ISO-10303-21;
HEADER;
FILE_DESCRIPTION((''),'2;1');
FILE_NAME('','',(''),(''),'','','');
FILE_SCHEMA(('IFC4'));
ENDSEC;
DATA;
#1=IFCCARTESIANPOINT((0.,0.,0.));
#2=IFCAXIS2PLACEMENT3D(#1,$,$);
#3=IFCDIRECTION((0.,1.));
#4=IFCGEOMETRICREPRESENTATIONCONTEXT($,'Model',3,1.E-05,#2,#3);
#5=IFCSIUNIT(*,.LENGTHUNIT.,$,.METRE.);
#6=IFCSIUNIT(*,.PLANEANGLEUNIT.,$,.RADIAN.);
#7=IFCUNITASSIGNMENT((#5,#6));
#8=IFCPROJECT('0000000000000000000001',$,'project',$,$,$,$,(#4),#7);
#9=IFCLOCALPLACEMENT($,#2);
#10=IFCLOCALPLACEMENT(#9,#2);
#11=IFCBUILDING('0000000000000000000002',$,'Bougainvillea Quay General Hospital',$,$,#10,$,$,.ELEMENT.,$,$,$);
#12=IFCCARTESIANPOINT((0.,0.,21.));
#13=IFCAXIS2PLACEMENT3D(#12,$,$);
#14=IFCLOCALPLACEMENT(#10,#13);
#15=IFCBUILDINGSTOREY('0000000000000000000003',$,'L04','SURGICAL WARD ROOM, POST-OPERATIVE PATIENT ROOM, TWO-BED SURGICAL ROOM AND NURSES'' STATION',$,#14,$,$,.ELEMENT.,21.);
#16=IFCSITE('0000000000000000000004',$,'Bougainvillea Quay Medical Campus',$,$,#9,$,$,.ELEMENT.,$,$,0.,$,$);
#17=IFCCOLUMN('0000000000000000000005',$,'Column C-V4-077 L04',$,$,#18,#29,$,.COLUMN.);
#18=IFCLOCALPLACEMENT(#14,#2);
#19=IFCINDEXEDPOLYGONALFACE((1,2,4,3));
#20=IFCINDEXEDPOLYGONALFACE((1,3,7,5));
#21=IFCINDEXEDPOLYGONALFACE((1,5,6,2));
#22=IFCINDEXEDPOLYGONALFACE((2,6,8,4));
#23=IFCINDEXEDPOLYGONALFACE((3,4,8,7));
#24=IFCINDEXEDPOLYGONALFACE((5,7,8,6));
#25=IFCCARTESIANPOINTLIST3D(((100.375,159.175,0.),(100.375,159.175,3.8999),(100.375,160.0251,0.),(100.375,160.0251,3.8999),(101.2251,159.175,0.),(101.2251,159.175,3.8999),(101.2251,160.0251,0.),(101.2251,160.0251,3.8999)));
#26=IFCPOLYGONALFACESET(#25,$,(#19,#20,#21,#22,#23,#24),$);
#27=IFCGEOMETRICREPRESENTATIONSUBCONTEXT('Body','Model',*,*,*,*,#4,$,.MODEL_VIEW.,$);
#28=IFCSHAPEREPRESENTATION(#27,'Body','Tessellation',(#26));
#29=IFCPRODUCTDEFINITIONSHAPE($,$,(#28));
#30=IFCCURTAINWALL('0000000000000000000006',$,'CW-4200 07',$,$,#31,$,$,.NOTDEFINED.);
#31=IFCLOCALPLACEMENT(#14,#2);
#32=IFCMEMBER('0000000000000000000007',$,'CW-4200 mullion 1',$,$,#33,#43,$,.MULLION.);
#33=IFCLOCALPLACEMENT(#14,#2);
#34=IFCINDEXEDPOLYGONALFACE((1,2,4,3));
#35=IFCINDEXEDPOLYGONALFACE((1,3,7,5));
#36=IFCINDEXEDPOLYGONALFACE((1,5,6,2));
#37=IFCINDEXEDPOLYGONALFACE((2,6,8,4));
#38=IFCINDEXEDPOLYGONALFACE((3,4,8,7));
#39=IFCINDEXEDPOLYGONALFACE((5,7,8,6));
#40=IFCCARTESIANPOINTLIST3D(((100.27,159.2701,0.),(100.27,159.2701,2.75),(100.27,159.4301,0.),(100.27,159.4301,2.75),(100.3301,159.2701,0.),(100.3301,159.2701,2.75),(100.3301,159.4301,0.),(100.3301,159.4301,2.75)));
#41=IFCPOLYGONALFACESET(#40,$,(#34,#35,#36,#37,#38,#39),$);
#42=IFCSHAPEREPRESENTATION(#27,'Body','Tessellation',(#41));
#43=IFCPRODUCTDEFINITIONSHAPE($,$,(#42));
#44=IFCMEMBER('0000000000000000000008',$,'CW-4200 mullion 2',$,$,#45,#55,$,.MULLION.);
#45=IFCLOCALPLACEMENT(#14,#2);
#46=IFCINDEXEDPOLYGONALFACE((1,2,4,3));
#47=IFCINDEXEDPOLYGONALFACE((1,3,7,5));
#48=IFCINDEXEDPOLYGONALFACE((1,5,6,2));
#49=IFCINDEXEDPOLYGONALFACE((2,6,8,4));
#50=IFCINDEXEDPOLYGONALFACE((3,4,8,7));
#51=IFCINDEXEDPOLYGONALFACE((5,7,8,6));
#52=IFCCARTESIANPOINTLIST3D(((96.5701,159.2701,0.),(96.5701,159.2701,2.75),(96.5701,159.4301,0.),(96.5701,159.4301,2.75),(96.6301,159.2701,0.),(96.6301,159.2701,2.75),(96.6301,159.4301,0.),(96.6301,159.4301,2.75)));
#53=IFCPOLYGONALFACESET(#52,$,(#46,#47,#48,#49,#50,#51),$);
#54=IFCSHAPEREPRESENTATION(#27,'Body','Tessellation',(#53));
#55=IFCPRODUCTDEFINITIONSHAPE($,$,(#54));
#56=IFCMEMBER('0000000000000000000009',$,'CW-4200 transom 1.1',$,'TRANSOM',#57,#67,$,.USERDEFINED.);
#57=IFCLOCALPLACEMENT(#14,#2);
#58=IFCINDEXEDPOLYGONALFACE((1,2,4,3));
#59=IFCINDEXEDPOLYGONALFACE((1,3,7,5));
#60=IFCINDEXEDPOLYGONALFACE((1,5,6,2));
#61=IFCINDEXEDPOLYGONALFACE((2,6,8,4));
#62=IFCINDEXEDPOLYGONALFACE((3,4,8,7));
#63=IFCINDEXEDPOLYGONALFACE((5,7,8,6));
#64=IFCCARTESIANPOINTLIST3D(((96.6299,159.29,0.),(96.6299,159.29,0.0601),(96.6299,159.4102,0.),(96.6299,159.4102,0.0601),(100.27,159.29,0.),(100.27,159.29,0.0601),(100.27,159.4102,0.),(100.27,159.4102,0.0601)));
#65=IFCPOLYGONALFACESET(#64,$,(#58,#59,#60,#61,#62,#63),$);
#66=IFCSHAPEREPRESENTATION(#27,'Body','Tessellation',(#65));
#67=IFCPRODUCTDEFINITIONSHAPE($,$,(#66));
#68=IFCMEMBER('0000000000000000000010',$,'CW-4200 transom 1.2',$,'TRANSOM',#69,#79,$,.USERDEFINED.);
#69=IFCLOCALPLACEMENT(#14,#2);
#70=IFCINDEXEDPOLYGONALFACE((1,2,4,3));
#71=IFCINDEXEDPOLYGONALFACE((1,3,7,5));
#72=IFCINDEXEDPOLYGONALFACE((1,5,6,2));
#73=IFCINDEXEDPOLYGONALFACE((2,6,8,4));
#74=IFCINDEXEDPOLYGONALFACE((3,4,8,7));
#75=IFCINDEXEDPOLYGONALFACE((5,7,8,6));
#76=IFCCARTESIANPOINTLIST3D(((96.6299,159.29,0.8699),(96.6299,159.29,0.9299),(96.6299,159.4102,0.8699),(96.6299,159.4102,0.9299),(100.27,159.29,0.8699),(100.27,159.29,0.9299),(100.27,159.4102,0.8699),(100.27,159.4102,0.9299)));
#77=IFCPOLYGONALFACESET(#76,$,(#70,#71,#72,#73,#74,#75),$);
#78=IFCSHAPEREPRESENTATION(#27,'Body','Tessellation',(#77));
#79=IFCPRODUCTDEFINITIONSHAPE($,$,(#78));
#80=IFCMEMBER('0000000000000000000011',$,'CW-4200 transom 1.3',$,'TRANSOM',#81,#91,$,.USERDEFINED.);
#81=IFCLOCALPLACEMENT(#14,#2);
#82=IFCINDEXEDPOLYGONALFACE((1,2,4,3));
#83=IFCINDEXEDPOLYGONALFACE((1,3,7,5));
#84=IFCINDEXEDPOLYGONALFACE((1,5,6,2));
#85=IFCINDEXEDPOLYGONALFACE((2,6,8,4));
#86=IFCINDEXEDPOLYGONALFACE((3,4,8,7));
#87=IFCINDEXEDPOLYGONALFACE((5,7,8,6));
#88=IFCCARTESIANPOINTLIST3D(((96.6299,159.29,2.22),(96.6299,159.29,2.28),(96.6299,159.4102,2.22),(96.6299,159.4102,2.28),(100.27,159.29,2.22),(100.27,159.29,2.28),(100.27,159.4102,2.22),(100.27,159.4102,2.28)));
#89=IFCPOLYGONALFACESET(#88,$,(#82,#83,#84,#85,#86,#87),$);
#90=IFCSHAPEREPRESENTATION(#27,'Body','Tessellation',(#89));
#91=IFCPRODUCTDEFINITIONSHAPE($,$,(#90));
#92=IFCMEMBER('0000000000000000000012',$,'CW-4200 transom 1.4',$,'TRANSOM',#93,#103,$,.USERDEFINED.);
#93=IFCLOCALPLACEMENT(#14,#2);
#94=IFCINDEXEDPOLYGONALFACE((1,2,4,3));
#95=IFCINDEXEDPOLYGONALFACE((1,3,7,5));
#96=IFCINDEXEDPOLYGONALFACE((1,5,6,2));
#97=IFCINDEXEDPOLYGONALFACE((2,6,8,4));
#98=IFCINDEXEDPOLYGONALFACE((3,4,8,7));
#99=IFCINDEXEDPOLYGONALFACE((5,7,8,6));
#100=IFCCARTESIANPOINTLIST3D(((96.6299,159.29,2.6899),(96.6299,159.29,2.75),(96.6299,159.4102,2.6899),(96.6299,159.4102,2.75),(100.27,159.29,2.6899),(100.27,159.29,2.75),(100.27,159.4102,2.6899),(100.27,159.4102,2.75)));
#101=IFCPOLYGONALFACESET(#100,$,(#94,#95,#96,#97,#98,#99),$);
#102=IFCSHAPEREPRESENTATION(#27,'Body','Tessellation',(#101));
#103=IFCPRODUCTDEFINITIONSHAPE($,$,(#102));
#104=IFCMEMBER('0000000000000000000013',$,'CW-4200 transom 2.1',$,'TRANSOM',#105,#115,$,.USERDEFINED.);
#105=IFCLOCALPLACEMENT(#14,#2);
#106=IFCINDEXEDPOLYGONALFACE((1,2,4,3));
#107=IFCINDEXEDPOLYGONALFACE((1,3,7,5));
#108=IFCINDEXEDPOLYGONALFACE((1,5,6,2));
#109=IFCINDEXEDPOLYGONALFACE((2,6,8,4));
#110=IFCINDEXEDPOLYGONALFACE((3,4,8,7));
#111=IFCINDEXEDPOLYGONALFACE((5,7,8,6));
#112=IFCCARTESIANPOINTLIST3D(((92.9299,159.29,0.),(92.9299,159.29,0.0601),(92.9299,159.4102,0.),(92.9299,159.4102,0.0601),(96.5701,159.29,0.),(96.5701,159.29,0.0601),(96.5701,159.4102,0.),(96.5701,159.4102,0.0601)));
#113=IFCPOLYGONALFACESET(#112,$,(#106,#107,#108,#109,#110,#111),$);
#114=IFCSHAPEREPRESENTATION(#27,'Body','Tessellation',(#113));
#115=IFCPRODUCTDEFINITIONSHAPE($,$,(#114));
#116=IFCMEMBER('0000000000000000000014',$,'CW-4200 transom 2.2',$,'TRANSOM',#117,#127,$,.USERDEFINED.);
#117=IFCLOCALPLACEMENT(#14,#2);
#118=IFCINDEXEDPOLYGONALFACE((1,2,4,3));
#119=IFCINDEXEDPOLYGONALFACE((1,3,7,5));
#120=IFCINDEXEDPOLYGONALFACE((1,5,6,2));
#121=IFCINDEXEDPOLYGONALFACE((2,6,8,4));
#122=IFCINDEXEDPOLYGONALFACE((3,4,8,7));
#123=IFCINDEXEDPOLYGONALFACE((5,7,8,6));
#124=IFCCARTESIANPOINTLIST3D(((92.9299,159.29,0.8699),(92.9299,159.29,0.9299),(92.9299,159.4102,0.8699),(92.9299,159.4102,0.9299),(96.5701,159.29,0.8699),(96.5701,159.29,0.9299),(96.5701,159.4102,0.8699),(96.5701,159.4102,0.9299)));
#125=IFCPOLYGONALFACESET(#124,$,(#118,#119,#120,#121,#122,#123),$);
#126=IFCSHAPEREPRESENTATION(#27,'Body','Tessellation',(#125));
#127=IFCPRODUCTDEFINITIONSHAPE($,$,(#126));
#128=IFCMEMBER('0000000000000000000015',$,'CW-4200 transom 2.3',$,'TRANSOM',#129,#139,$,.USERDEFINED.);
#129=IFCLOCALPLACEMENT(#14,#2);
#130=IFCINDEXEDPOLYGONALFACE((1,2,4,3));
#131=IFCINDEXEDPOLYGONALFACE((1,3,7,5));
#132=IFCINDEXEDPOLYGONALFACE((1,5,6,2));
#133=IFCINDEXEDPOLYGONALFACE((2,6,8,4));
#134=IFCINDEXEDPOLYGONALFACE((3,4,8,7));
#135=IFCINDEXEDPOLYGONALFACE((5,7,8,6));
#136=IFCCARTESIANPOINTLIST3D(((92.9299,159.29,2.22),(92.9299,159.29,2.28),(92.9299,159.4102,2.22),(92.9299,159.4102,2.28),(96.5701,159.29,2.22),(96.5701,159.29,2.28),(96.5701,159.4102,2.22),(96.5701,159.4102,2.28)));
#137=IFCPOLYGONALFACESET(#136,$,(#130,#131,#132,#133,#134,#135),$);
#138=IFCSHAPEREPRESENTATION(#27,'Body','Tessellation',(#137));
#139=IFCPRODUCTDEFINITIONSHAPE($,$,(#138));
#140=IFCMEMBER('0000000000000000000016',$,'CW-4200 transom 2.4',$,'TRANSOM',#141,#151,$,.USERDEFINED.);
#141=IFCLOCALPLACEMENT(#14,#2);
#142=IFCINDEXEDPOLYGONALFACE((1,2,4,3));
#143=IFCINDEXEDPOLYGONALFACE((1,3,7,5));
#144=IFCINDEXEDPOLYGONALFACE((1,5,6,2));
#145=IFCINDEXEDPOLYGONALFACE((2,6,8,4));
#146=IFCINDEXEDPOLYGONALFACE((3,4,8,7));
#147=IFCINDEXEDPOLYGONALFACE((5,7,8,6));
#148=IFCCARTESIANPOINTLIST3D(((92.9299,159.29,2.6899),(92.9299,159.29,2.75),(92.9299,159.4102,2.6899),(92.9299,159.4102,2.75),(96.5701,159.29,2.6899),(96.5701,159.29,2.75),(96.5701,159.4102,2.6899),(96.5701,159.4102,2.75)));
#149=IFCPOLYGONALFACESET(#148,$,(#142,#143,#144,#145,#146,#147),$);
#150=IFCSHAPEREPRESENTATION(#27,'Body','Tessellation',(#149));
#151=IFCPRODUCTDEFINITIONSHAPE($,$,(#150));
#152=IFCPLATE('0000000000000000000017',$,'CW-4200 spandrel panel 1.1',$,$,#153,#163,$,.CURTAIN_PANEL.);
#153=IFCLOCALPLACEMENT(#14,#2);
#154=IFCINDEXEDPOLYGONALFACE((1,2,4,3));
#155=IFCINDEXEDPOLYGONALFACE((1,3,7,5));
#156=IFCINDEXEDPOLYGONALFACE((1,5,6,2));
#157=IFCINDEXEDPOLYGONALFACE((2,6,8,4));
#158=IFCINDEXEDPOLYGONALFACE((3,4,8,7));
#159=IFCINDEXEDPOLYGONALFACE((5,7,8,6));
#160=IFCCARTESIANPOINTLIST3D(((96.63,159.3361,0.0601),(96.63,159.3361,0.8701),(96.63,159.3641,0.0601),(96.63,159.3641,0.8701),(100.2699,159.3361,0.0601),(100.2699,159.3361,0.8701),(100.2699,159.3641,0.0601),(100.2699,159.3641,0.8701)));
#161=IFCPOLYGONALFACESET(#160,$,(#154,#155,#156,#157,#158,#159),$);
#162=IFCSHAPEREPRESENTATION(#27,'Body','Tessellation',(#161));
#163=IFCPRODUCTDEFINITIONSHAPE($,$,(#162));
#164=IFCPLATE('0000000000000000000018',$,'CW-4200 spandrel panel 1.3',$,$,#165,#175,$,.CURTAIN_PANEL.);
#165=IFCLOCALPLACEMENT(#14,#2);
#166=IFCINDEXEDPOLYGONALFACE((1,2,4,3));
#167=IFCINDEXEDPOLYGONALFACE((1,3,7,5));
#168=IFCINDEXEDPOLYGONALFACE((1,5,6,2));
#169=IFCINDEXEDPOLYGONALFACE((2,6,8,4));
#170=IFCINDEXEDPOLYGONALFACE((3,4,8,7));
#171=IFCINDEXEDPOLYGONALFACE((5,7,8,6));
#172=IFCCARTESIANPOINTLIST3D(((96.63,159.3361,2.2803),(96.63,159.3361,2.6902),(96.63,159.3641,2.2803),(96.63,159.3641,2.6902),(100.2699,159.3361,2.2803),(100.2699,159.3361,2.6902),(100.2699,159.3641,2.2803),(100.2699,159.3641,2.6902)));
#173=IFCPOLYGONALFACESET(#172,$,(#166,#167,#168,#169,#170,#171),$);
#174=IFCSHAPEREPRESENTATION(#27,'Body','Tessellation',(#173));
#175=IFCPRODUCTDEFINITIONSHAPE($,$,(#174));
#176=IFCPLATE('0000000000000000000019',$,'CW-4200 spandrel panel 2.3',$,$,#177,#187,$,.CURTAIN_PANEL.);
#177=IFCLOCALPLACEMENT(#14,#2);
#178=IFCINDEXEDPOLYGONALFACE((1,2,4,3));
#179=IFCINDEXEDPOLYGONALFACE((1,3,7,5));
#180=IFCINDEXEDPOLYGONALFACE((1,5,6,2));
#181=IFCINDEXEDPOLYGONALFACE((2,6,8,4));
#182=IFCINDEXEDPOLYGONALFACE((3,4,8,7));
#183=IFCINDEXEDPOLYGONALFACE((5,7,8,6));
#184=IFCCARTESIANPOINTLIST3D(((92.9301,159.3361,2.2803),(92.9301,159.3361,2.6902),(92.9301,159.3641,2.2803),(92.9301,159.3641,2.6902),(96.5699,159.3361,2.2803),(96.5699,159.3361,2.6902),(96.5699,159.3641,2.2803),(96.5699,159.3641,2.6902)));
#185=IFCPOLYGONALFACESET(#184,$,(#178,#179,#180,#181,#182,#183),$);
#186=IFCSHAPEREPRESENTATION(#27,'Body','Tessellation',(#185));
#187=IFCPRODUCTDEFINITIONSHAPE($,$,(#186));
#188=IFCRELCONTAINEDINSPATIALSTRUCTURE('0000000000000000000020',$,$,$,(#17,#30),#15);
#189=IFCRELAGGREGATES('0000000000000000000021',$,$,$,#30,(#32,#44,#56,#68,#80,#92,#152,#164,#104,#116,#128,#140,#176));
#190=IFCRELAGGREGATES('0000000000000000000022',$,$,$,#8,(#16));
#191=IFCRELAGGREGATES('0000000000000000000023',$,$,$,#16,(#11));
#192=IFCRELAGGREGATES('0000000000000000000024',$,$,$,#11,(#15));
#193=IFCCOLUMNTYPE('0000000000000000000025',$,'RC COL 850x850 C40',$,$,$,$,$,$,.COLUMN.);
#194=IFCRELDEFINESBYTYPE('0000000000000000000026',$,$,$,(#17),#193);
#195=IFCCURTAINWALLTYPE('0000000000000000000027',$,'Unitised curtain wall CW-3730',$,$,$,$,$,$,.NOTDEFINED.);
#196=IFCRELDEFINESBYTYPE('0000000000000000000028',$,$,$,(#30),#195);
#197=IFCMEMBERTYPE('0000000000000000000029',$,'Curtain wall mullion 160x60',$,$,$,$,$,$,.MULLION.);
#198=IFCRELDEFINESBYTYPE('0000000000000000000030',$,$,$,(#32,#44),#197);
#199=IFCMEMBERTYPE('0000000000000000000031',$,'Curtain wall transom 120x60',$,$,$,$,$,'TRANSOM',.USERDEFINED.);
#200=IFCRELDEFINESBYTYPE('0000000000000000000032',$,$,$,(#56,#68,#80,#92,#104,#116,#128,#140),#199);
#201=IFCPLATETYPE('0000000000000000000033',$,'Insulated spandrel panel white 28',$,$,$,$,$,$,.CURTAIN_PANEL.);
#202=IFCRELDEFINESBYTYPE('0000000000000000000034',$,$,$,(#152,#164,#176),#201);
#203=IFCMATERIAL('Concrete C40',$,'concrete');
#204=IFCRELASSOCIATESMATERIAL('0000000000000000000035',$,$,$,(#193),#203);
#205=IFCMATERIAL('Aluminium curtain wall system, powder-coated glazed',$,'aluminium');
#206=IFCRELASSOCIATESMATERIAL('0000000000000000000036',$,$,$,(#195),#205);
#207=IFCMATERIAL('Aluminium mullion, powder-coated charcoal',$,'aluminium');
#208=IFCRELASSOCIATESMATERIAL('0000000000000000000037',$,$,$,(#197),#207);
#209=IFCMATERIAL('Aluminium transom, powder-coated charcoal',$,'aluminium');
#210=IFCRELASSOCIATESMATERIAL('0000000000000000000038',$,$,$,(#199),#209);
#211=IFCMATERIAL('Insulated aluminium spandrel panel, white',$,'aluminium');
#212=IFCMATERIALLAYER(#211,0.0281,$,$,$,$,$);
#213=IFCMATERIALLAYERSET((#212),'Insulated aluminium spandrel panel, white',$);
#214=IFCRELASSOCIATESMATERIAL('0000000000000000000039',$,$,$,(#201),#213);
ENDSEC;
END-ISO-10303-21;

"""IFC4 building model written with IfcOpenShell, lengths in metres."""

from ifc_helpers import new_model, si_unit, direction, frame, origin, origin_2d, place, context, subcontext, project, spatial, rectangle, extrude, material, layer, layer_set, material_profile, profile_set, type_object, element, aggregate, save


model = new_model("IFC4")

# Units and contexts
model_context = context("Model", 3, precision=1e-05, world=origin(), true_north=direction((0.0, 1.0)))
body_context = subcontext(model_context, "Body", "Model", "MODEL_VIEW")
ifc_project = project(units=[si_unit("LENGTHUNIT", "METRE"), si_unit("PLANEANGLEUNIT", "RADIAN")], contexts=[model_context])

# Site, building, storey
site_placement = place(None, origin())
site = spatial("IfcSite", under=ifc_project, at=site_placement, Name="Bougainvillea Quay Medical Campus", CompositionType="ELEMENT", RefElevation=0.0)
building_placement = place(site_placement, origin())
building = spatial("IfcBuilding", under=site, at=building_placement, Name="Bougainvillea Quay General Hospital", CompositionType="ELEMENT")
storey_placement = place(building_placement, frame((0.0, 0.0, 21.0)))
storey = spatial("IfcBuildingStorey", under=building, at=storey_placement, Name="L04", Description="SURGICAL WARD ROOM, POST-OPERATIVE PATIENT ROOM, TWO-BED SURGICAL ROOM AND NURSES' STATION", CompositionType="ELEMENT", Elevation=21.0)

# Column
ifc_material_1 = material(Name="Concrete C40", Category="concrete")
ifc_material_profile_1 = material_profile(ifc_material_1, rectangle(XDim=0.8501, YDim=0.8501, at=origin_2d()))
ifc_profile_set_1 = profile_set([ifc_material_profile_1], Name="Concrete C40")
column_type = type_object("IfcColumnType", Name="RC COL 850x850 C40", PredefinedType="COLUMN", material=ifc_profile_set_1)
column_placement = place(storey_placement, frame((100.8, 159.6001, 0.0), z_axis=(0.0, 0.0, 1.0), x_axis=(1.0, 0.0, 0.0)))
element("IfcColumn", 1, at=column_placement, inside=storey, type_object=column_type, Name="Column C-V4-077 L04", PredefinedType="COLUMN", context=body_context, shape_type="SweptSolid", body=[
    extrude(rectangle(XDim=0.8501, YDim=0.8501, at=origin_2d()), origin(), (0.0, 0.0, 1.0), 3.8999),
])

# Curtain wall, members, plates
ifc_material_2 = material(Name="Aluminium curtain wall system, powder-coated glazed", Category="aluminium")
curtain_wall_type = type_object("IfcCurtainWallType", Name="Unitised curtain wall CW-3730", PredefinedType="NOTDEFINED", material=ifc_material_2)
curtain_wall_placement = place(storey_placement, origin())
curtain_wall = element("IfcCurtainWall", 2, at=curtain_wall_placement, inside=storey, type_object=curtain_wall_type, Name="CW-4200 07", PredefinedType="NOTDEFINED")
ifc_material_3 = material(Name="Aluminium mullion, powder-coated charcoal", Category="aluminium")
ifc_material_profile_2 = material_profile(ifc_material_3, rectangle(XDim=0.1599, YDim=0.0601, at=origin_2d()))
ifc_profile_set_2 = profile_set([ifc_material_profile_2], Name="Aluminium mullion, powder-coated charcoal")
member_type_1 = type_object("IfcMemberType", Name="Curtain wall mullion 160x60", PredefinedType="MULLION", material=ifc_profile_set_2)
member_1_placement = place(storey_placement, frame((100.3, 159.3501, 0.0), z_axis=(0.0, 0.0, 1.0), x_axis=(0.0, -1.0, 0.0)))
member_1 = element("IfcMember", 3, at=member_1_placement, type_object=member_type_1, Name="CW-4200 mullion 1", PredefinedType="MULLION", context=body_context, shape_type="SweptSolid", body=[
    extrude(rectangle(XDim=0.1599, YDim=0.0601, at=origin_2d()), origin(), (0.0, 0.0, 1.0), 2.75),
])
member_2_placement = place(storey_placement, frame((96.6001, 159.3501, 0.0), z_axis=(0.0, 0.0, 1.0), x_axis=(0.0, -1.0, 0.0)))
member_2 = element("IfcMember", 4, at=member_2_placement, type_object=member_type_1, Name="CW-4200 mullion 2", PredefinedType="MULLION", context=body_context, shape_type="SweptSolid", body=[
    extrude(rectangle(XDim=0.1599, YDim=0.0601, at=origin_2d()), origin(), (0.0, 0.0, 1.0), 2.75),
])
ifc_material_4 = material(Name="Aluminium transom, powder-coated charcoal", Category="aluminium")
ifc_material_profile_3 = material_profile(ifc_material_4, rectangle(XDim=0.1201, YDim=0.0601, at=origin_2d()))
ifc_profile_set_3 = profile_set([ifc_material_profile_3], Name="Aluminium transom, powder-coated charcoal")
member_type_2 = type_object("IfcMemberType", Name="Curtain wall transom 120x60", ElementType="TRANSOM", PredefinedType="USERDEFINED", material=ifc_profile_set_3)
member_3_placement = place(storey_placement, frame((100.27, 159.3501, 0.03), z_axis=(-1.0, 0.0, 0.0), x_axis=(0.0, -1.0, 0.0)))
member_3 = element("IfcMember", 5, at=member_3_placement, type_object=member_type_2, Name="CW-4200 transom 1.1", ObjectType="TRANSOM", PredefinedType="USERDEFINED", context=body_context, shape_type="SweptSolid", body=[
    extrude(rectangle(XDim=0.1201, YDim=0.0601, at=origin_2d()), origin(), (0.0, 0.0, 1.0), 3.6401),
])
member_4_placement = place(storey_placement, frame((100.27, 159.3501, 0.8999), z_axis=(-1.0, 0.0, 0.0), x_axis=(0.0, -1.0, 0.0)))
member_4 = element("IfcMember", 6, at=member_4_placement, type_object=member_type_2, Name="CW-4200 transom 1.2", ObjectType="TRANSOM", PredefinedType="USERDEFINED", context=body_context, shape_type="SweptSolid", body=[
    extrude(rectangle(XDim=0.1201, YDim=0.0601, at=origin_2d()), origin(), (0.0, 0.0, 1.0), 3.6401),
])
member_5_placement = place(storey_placement, frame((100.27, 159.3501, 2.25), z_axis=(-1.0, 0.0, 0.0), x_axis=(0.0, -1.0, 0.0)))
member_5 = element("IfcMember", 7, at=member_5_placement, type_object=member_type_2, Name="CW-4200 transom 1.3", ObjectType="TRANSOM", PredefinedType="USERDEFINED", context=body_context, shape_type="SweptSolid", body=[
    extrude(rectangle(XDim=0.1201, YDim=0.0601, at=origin_2d()), origin(), (0.0, 0.0, 1.0), 3.6401),
])
member_6_placement = place(storey_placement, frame((100.27, 159.3501, 2.72), z_axis=(-1.0, 0.0, 0.0), x_axis=(0.0, -1.0, 0.0)))
member_6 = element("IfcMember", 8, at=member_6_placement, type_object=member_type_2, Name="CW-4200 transom 1.4", ObjectType="TRANSOM", PredefinedType="USERDEFINED", context=body_context, shape_type="SweptSolid", body=[
    extrude(rectangle(XDim=0.1201, YDim=0.0601, at=origin_2d()), origin(), (0.0, 0.0, 1.0), 3.6401),
])
member_7_placement = place(storey_placement, frame((96.5701, 159.3501, 0.03), z_axis=(-1.0, 0.0, 0.0), x_axis=(0.0, -1.0, 0.0)))
member_7 = element("IfcMember", 9, at=member_7_placement, type_object=member_type_2, Name="CW-4200 transom 2.1", ObjectType="TRANSOM", PredefinedType="USERDEFINED", context=body_context, shape_type="SweptSolid", body=[
    extrude(rectangle(XDim=0.1201, YDim=0.0601, at=origin_2d()), origin(), (0.0, 0.0, 1.0), 3.6401),
])
member_8_placement = place(storey_placement, frame((96.5701, 159.3501, 0.8999), z_axis=(-1.0, 0.0, 0.0), x_axis=(0.0, -1.0, 0.0)))
member_8 = element("IfcMember", 10, at=member_8_placement, type_object=member_type_2, Name="CW-4200 transom 2.2", ObjectType="TRANSOM", PredefinedType="USERDEFINED", context=body_context, shape_type="SweptSolid", body=[
    extrude(rectangle(XDim=0.1201, YDim=0.0601, at=origin_2d()), origin(), (0.0, 0.0, 1.0), 3.6401),
])
member_9_placement = place(storey_placement, frame((96.5701, 159.3501, 2.25), z_axis=(-1.0, 0.0, 0.0), x_axis=(0.0, -1.0, 0.0)))
member_9 = element("IfcMember", 11, at=member_9_placement, type_object=member_type_2, Name="CW-4200 transom 2.3", ObjectType="TRANSOM", PredefinedType="USERDEFINED", context=body_context, shape_type="SweptSolid", body=[
    extrude(rectangle(XDim=0.1201, YDim=0.0601, at=origin_2d()), origin(), (0.0, 0.0, 1.0), 3.6401),
])
member_10_placement = place(storey_placement, frame((96.5701, 159.3501, 2.72), z_axis=(-1.0, 0.0, 0.0), x_axis=(0.0, -1.0, 0.0)))
member_10 = element("IfcMember", 12, at=member_10_placement, type_object=member_type_2, Name="CW-4200 transom 2.4", ObjectType="TRANSOM", PredefinedType="USERDEFINED", context=body_context, shape_type="SweptSolid", body=[
    extrude(rectangle(XDim=0.1201, YDim=0.0601, at=origin_2d()), origin(), (0.0, 0.0, 1.0), 3.6401),
])
ifc_material_5 = material(Name="Insulated aluminium spandrel panel, white", Category="aluminium")
ifc_layer_1 = layer(ifc_material_5, 0.0281)
ifc_layer_set_1 = layer_set([ifc_layer_1], Name="Insulated aluminium spandrel panel, white")
plate_type_1 = type_object("IfcPlateType", Name="Insulated spandrel panel white 28", PredefinedType="CURTAIN_PANEL", material=ifc_layer_set_1)
plate_1_placement = place(storey_placement, frame((98.45, 159.3501, 0.0601), z_axis=(0.0, 0.0, 1.0), x_axis=(-1.0, 0.0, 0.0)))
plate_1 = element("IfcPlate", 13, at=plate_1_placement, type_object=plate_type_1, Name="CW-4200 spandrel panel 1.1", PredefinedType="CURTAIN_PANEL", context=body_context, shape_type="SweptSolid", body=[
    extrude(rectangle(XDim=3.6399, YDim=0.0281, at=origin_2d()), origin(), (0.0, 0.0, 1.0), 0.8101),
])
plate_2_placement = place(storey_placement, frame((98.45, 159.3501, 2.2803), z_axis=(0.0, 0.0, 1.0), x_axis=(-1.0, 0.0, 0.0)))
plate_2 = element("IfcPlate", 14, at=plate_2_placement, type_object=plate_type_1, Name="CW-4200 spandrel panel 1.3", PredefinedType="CURTAIN_PANEL", context=body_context, shape_type="SweptSolid", body=[
    extrude(rectangle(XDim=3.6399, YDim=0.0281, at=origin_2d()), origin(), (0.0, 0.0, 1.0), 0.4099),
])
plate_3_placement = place(storey_placement, frame((94.75, 159.3501, 2.2803), z_axis=(0.0, 0.0, 1.0), x_axis=(-1.0, 0.0, 0.0)))
plate_3 = element("IfcPlate", 15, at=plate_3_placement, type_object=plate_type_1, Name="CW-4200 spandrel panel 2.3", PredefinedType="CURTAIN_PANEL", context=body_context, shape_type="SweptSolid", body=[
    extrude(rectangle(XDim=3.6399, YDim=0.0281, at=origin_2d()), origin(), (0.0, 0.0, 1.0), 0.4099),
])
aggregate(curtain_wall, [member_1, member_2, member_3, member_4, member_5, member_6, plate_1, plate_2, member_7, member_8, member_9, member_10, plate_3])

save(model, "model.ifc")
